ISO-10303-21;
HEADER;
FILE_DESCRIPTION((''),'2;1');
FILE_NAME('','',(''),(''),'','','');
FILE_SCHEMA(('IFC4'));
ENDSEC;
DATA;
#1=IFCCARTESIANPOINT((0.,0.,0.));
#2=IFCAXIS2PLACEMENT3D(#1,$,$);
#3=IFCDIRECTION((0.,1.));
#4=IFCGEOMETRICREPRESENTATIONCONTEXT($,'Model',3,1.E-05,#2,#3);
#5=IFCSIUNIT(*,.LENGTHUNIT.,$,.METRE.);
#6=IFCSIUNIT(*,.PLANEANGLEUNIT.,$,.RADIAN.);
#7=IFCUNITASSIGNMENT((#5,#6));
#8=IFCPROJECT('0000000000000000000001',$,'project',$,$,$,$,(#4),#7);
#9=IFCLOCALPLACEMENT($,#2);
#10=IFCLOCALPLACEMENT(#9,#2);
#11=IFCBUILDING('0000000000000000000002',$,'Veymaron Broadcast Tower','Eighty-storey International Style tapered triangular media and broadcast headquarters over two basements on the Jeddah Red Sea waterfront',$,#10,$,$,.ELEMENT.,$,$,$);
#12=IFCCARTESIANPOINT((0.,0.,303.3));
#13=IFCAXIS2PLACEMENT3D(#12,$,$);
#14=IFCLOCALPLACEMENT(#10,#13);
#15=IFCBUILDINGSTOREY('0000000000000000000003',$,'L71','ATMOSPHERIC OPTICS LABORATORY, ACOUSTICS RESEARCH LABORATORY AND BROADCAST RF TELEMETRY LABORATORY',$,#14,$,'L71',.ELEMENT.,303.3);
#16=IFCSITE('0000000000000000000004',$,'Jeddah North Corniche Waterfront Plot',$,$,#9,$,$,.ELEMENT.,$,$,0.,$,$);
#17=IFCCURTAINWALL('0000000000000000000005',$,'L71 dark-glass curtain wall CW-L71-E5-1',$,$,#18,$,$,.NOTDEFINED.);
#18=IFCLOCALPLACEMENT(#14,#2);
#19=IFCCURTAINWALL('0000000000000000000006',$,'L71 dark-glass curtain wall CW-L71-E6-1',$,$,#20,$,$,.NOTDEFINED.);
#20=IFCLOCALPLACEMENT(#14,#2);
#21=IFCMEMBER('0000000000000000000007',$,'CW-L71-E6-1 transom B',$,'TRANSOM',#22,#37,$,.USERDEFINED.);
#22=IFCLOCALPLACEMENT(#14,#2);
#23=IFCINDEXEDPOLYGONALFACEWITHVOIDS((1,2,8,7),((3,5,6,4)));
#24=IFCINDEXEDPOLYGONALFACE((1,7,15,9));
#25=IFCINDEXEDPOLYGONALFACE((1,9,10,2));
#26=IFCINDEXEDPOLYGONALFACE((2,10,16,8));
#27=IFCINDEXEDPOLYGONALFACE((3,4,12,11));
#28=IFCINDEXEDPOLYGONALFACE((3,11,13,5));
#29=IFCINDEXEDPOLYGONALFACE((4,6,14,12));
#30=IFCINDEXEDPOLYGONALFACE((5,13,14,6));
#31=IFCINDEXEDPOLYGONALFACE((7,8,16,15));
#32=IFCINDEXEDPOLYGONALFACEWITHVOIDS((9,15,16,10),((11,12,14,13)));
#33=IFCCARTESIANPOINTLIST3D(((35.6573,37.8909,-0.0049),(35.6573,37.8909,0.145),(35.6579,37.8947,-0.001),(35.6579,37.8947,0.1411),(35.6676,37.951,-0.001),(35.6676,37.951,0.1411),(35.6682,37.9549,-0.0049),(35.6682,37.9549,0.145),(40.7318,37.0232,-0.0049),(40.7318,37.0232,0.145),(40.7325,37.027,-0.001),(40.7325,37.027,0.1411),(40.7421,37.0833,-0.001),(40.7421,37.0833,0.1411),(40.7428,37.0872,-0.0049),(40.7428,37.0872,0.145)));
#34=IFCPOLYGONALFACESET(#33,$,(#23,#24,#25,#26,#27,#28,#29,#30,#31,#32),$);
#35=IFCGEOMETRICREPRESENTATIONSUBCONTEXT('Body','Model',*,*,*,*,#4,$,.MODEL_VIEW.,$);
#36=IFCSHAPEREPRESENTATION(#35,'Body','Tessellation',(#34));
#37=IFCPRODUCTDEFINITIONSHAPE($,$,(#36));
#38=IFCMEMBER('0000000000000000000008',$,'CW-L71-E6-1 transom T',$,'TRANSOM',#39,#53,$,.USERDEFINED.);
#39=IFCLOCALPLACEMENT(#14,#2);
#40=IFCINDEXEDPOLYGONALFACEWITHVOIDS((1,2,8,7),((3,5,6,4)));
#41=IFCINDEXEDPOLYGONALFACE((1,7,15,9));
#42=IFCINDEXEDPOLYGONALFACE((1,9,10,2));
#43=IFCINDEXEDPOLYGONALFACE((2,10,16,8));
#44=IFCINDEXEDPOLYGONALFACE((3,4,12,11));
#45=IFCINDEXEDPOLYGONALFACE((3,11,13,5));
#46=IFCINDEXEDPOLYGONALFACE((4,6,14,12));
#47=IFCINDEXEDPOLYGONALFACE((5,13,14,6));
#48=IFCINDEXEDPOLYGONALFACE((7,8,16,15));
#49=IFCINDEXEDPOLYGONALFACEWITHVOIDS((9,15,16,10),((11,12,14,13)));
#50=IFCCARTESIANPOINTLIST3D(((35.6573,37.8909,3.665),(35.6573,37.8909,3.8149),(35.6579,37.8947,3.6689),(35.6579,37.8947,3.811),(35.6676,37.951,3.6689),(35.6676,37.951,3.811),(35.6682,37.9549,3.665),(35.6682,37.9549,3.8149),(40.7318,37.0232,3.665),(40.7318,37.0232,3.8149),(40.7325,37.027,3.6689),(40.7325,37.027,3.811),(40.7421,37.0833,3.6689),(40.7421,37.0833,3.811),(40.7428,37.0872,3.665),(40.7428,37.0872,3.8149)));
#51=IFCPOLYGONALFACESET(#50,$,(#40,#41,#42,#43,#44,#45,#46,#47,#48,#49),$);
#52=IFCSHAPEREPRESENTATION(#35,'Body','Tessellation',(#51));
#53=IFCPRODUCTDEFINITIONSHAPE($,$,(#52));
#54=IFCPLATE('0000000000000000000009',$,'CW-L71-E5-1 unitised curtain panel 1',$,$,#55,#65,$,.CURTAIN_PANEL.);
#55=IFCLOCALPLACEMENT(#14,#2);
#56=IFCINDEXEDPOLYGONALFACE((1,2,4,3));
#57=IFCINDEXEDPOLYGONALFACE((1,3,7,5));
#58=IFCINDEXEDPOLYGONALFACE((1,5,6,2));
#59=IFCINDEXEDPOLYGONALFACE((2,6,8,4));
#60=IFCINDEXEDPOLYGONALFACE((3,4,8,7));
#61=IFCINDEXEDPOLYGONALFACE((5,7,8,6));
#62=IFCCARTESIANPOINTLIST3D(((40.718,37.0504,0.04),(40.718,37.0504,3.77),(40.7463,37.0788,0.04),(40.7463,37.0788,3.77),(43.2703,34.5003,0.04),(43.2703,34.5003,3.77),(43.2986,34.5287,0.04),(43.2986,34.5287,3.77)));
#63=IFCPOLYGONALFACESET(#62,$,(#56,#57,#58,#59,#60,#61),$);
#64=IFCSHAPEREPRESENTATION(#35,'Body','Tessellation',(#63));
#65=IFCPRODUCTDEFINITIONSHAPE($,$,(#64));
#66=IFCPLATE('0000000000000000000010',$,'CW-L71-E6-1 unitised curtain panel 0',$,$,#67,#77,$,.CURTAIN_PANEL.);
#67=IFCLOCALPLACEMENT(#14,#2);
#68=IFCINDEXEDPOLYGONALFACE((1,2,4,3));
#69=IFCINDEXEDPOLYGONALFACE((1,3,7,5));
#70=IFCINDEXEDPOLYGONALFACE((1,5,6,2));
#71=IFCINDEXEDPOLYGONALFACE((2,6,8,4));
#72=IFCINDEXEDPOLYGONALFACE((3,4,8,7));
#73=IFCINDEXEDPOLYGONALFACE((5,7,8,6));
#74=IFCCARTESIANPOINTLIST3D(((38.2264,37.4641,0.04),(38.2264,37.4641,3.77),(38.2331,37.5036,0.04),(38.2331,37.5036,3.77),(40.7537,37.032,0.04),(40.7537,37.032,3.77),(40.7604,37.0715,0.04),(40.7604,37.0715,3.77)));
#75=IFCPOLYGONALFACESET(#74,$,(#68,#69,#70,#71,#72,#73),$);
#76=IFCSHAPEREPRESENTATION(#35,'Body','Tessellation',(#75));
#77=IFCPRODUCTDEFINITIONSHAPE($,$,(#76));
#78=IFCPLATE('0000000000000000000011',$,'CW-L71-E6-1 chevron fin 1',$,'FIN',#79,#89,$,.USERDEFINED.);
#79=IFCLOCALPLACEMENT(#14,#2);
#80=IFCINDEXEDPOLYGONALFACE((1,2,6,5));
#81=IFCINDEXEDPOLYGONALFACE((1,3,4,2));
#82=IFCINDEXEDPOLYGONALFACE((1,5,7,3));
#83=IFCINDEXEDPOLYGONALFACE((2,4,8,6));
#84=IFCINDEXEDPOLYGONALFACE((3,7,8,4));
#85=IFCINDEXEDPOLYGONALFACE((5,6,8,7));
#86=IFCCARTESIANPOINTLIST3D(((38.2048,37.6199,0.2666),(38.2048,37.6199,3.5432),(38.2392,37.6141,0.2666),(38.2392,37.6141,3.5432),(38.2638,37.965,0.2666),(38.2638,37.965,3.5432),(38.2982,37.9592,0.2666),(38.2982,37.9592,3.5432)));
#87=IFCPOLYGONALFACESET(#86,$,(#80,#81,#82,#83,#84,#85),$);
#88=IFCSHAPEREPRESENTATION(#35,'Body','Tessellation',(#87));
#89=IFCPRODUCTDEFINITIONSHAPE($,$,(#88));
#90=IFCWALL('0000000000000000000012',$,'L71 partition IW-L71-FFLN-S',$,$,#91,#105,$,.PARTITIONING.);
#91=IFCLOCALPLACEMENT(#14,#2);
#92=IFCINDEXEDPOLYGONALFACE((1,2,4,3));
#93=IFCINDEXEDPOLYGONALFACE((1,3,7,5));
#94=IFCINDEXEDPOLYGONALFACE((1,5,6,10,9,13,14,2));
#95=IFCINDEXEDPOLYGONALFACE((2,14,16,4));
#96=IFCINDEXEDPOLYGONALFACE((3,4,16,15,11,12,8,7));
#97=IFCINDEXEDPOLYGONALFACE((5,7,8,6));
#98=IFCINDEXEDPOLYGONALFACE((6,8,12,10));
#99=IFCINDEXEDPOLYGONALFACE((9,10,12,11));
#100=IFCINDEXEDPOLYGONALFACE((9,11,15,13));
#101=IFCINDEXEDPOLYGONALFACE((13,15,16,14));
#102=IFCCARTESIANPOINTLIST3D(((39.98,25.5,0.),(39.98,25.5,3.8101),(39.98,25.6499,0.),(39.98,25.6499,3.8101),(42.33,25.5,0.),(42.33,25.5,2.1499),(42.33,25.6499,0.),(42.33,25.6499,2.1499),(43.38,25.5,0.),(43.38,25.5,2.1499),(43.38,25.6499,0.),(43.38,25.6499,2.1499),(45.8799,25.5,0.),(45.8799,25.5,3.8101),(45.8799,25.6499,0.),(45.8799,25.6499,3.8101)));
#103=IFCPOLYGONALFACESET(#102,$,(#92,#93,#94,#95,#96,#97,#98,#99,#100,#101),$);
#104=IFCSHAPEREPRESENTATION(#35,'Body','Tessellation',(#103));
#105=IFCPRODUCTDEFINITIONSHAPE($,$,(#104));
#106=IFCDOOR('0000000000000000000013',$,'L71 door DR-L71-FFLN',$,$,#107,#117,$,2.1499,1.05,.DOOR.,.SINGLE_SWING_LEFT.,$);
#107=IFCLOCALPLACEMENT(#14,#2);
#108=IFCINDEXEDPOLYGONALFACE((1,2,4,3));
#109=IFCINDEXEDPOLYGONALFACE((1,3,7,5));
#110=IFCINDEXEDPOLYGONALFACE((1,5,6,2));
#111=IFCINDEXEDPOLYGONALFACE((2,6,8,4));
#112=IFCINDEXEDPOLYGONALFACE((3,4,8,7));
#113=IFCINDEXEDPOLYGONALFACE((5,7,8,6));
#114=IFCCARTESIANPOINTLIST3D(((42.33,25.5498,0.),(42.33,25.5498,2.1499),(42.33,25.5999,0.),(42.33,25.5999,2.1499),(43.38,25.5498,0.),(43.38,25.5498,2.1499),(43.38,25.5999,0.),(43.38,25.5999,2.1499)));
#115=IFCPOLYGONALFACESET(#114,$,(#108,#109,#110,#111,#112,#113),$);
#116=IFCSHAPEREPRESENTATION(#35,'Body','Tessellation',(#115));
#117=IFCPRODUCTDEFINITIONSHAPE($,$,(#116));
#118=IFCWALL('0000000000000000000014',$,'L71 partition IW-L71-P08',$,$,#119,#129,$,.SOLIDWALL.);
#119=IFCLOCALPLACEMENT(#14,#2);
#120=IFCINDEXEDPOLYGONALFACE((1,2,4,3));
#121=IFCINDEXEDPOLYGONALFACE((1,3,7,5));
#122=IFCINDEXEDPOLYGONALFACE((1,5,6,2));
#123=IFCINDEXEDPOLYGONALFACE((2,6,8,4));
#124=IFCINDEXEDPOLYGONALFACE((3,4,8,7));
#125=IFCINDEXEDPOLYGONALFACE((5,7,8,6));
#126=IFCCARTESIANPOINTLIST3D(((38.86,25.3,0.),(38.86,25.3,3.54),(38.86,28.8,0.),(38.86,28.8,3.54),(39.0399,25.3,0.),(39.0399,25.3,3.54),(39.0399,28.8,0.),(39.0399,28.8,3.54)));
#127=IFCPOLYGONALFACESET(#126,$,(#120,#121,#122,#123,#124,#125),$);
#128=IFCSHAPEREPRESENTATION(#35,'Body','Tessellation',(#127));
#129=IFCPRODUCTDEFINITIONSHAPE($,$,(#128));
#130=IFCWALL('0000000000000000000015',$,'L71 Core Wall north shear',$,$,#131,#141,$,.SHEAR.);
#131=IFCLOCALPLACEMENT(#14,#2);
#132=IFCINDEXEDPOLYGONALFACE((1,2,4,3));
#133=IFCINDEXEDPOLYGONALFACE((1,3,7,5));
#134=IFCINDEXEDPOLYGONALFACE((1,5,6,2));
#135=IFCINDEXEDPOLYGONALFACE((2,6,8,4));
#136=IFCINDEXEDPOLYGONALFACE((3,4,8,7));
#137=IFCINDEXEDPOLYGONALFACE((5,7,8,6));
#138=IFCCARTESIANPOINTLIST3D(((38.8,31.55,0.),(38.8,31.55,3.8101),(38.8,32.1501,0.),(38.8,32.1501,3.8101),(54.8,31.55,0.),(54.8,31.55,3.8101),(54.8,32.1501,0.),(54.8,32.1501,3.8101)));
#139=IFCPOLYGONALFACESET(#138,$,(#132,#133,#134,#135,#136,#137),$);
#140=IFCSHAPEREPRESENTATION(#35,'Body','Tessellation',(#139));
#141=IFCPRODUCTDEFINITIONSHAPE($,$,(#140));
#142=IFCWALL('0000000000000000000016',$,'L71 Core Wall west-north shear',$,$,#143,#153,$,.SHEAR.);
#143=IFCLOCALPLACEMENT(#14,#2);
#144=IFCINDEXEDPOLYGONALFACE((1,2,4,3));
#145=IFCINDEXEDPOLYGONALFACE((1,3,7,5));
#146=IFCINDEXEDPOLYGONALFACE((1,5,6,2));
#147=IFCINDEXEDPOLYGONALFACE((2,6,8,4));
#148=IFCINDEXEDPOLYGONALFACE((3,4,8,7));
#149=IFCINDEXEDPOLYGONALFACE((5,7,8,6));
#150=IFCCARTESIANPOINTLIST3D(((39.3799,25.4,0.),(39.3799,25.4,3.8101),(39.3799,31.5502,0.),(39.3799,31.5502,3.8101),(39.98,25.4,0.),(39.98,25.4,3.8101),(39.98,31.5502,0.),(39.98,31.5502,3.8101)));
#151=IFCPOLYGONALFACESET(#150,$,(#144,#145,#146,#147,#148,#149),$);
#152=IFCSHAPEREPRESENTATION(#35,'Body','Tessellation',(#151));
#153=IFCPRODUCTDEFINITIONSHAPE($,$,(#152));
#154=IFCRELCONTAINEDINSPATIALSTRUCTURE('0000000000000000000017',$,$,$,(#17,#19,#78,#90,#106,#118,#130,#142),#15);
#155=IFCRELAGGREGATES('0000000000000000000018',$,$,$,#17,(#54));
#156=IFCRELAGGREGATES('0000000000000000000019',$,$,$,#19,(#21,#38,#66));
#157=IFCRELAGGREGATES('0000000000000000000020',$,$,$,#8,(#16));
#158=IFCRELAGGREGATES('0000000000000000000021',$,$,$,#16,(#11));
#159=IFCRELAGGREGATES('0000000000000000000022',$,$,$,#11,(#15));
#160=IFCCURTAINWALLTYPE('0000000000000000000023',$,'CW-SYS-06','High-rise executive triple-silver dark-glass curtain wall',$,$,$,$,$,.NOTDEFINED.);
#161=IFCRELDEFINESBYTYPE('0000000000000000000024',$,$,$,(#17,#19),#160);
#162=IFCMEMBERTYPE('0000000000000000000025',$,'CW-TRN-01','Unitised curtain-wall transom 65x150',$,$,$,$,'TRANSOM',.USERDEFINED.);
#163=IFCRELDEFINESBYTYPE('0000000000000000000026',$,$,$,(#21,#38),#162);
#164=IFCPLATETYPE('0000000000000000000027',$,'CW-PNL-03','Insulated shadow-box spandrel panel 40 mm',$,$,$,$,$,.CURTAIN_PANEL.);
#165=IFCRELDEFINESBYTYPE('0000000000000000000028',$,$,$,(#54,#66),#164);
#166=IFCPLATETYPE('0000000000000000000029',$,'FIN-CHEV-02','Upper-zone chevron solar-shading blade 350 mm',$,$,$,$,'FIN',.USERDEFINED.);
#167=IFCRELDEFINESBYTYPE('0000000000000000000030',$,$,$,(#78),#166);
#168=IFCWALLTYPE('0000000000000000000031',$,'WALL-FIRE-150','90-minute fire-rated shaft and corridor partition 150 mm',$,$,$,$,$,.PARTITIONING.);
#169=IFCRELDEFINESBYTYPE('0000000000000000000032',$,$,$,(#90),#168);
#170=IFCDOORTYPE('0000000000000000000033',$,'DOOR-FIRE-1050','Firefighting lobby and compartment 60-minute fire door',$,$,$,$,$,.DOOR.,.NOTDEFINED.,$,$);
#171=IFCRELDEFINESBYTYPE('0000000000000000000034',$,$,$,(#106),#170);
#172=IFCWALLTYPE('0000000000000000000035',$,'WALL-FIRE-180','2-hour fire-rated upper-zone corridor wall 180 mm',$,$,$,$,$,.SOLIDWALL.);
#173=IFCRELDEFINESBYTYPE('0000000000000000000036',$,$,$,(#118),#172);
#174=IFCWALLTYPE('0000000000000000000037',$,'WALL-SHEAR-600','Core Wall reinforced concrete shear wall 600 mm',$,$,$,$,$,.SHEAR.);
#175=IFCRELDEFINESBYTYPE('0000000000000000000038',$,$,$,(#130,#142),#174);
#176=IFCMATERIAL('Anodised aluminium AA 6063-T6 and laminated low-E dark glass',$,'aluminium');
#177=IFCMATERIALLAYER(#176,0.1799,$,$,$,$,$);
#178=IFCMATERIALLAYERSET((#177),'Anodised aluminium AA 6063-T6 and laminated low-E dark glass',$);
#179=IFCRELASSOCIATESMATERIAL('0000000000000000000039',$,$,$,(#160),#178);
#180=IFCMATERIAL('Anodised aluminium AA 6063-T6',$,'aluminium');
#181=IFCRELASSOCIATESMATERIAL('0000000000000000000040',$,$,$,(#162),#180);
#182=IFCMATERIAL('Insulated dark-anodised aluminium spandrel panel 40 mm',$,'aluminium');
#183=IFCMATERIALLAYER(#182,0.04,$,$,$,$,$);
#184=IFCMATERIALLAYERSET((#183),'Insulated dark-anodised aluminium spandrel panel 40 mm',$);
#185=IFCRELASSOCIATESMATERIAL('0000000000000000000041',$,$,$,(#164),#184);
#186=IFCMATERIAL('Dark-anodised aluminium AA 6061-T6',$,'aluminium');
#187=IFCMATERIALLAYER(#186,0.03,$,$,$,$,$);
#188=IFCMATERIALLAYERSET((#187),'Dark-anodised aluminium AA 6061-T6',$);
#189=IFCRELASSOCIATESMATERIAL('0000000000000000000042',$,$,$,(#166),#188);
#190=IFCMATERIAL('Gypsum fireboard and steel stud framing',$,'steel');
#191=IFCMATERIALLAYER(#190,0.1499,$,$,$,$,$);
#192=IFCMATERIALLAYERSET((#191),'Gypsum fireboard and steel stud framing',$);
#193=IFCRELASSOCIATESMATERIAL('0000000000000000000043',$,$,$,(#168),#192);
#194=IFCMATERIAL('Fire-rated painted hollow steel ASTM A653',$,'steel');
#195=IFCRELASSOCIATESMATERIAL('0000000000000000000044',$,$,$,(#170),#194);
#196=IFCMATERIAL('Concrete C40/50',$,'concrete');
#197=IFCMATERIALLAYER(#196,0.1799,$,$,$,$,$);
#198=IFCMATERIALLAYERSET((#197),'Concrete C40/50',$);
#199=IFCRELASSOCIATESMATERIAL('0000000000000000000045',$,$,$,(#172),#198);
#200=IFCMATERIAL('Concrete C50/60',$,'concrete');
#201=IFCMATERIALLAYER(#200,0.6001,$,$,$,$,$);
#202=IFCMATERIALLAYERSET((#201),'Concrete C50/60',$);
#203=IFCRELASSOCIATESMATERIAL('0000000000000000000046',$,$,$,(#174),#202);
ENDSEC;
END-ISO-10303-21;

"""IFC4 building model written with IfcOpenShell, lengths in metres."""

from ifc_helpers import new_model, si_unit, direction, frame, frame_2d, origin, origin_2d, place, context, subcontext, project, spatial, rectangle, hollow_rectangle, extrude, material, layer, layer_set, material_profile, profile_set, type_object, element, fill, aggregate, save


model = new_model("IFC4")

# Units and contexts
model_context = context("Model", 3, precision=1e-05, world=origin(), true_north=direction((0.0, 1.0)))
body_context = subcontext(model_context, "Body", "Model", "MODEL_VIEW")
ifc_project = project(units=[si_unit("LENGTHUNIT", "METRE"), si_unit("PLANEANGLEUNIT", "RADIAN")], contexts=[model_context])

# Site, building, storey
site_placement = place(None, origin())
site = spatial("IfcSite", under=ifc_project, at=site_placement, Name="Jeddah North Corniche Waterfront Plot", CompositionType="ELEMENT", RefElevation=0.0)
building_placement = place(site_placement, origin())
building = spatial("IfcBuilding", under=site, at=building_placement, Name="Veymaron Broadcast Tower", Description="Eighty-storey International Style tapered triangular media and broadcast headquarters over two basements on the Jeddah Red Sea waterfront", CompositionType="ELEMENT")
storey_placement = place(building_placement, frame((0.0, 0.0, 303.3)))
storey = spatial("IfcBuildingStorey", under=building, at=storey_placement, Name="L71", Description="ATMOSPHERIC OPTICS LABORATORY, ACOUSTICS RESEARCH LABORATORY AND BROADCAST RF TELEMETRY LABORATORY", LongName="L71", CompositionType="ELEMENT", Elevation=303.3)

# Curtain walls, members
ifc_material_1 = material(Name="Anodised aluminium AA 6063-T6 and laminated low-E dark glass", Category="aluminium")
ifc_layer_1 = layer(ifc_material_1, 0.1799)
ifc_layer_set_1 = layer_set([ifc_layer_1], Name="Anodised aluminium AA 6063-T6 and laminated low-E dark glass")
curtain_wall_type = type_object("IfcCurtainWallType", Name="CW-SYS-06", Description="High-rise executive triple-silver dark-glass curtain wall", PredefinedType="NOTDEFINED", material=ifc_layer_set_1)
curtain_wall_1_placement = place(storey_placement, origin())
curtain_wall_1 = element("IfcCurtainWall", 1, at=curtain_wall_1_placement, inside=storey, type_object=curtain_wall_type, Name="L71 dark-glass curtain wall CW-L71-E5-1", PredefinedType="NOTDEFINED")
ifc_material_2 = material(Name="Anodised aluminium AA 6063-T6", Category="aluminium")
curtain_wall_2_placement = place(storey_placement, origin())
curtain_wall_2 = element("IfcCurtainWall", 2, at=curtain_wall_2_placement, inside=storey, type_object=curtain_wall_type, Name="L71 dark-glass curtain wall CW-L71-E6-1", PredefinedType="NOTDEFINED")
ifc_material_profile_1 = material_profile(ifc_material_2, hollow_rectangle(XDim=0.0649, YDim=0.1499, WallThickness=0.0039, at=origin_2d()), Name="AL150X65X4")
ifc_profile_set_1 = profile_set([ifc_material_profile_1], Name="Anodised aluminium AA 6063-T6")
member_type_1 = type_object("IfcMemberType", Name="CW-TRN-01", Description="Unitised curtain-wall transom 65x150", ElementType="TRANSOM", PredefinedType="USERDEFINED", material=ifc_profile_set_1)
member_1_placement = place(storey_placement, frame((40.7373, 37.0552, 0.0701), z_axis=(-0.985694, 0.168543, 0.0), x_axis=(-0.168543, -0.985694, 0.0)))
member_1 = element("IfcMember", 3, at=member_1_placement, type_object=member_type_1, Name="CW-L71-E6-1 transom B", ObjectType="TRANSOM", PredefinedType="USERDEFINED", context=body_context, shape_type="SweptSolid", body=[
    extrude(hollow_rectangle(XDim=0.0649, YDim=0.1499, WallThickness=0.0039, at=origin_2d()), origin(), (0.0, 0.0, 1.0), 5.1482),
])
member_2_placement = place(storey_placement, frame((40.7373, 37.0552, 3.74), z_axis=(-0.985694, 0.168543, 0.0), x_axis=(-0.168543, -0.985694, 0.0)))
member_2 = element("IfcMember", 4, at=member_2_placement, type_object=member_type_1, Name="CW-L71-E6-1 transom T", ObjectType="TRANSOM", PredefinedType="USERDEFINED", context=body_context, shape_type="SweptSolid", body=[
    extrude(hollow_rectangle(XDim=0.0649, YDim=0.1499, WallThickness=0.0039, at=origin_2d()), origin(), (0.0, 0.0, 1.0), 5.1482),
])

# Plates
ifc_material_3 = material(Name="Insulated dark-anodised aluminium spandrel panel 40 mm", Category="aluminium")
ifc_layer_2 = layer(ifc_material_3, 0.04)
ifc_layer_set_2 = layer_set([ifc_layer_2], Name="Insulated dark-anodised aluminium spandrel panel 40 mm")
plate_type_1 = type_object("IfcPlateType", Name="CW-PNL-03", Description="Insulated shadow-box spandrel panel 40 mm", PredefinedType="CURTAIN_PANEL", material=ifc_layer_set_2)
plate_1_placement = place(storey_placement, frame((42.0083, 35.7896, 0.04), z_axis=(0.0, 0.0, 1.0), x_axis=(-0.707403, 0.706811, 0.0)))
plate_1 = element("IfcPlate", 5, at=plate_1_placement, type_object=plate_type_1, Name="CW-L71-E5-1 unitised curtain panel 1", PredefinedType="CURTAIN_PANEL", context=body_context, shape_type="SweptSolid", body=[
    extrude(rectangle(XDim=3.6079, YDim=0.04, at=origin_2d()), origin(), (0.0, 0.0, 1.0), 3.73),
])
aggregate(curtain_wall_1, [plate_1])
plate_2_placement = place(storey_placement, frame((39.4934, 37.2678, 0.04), z_axis=(0.0, 0.0, 1.0), x_axis=(-0.985698, 0.168524, 0.0)))
plate_2 = element("IfcPlate", 6, at=plate_2_placement, type_object=plate_type_1, Name="CW-L71-E6-1 unitised curtain panel 0", PredefinedType="CURTAIN_PANEL", context=body_context, shape_type="SweptSolid", body=[
    extrude(rectangle(XDim=2.564, YDim=0.04, at=origin_2d()), origin(), (0.0, 0.0, 1.0), 3.73),
])
aggregate(curtain_wall_2, [member_1, member_2, plate_2])
ifc_material_4 = material(Name="Dark-anodised aluminium AA 6061-T6", Category="aluminium")
ifc_layer_3 = layer(ifc_material_4, 0.03)
ifc_layer_set_3 = layer_set([ifc_layer_3], Name="Dark-anodised aluminium AA 6061-T6")
plate_type_2 = type_object("IfcPlateType", Name="FIN-CHEV-02", Description="Upper-zone chevron solar-shading blade 350 mm", ElementType="FIN", PredefinedType="USERDEFINED", material=ifc_layer_set_3)
plate_3_placement = place(storey_placement, frame((38.2515, 37.7896, 0.2666), z_axis=(0.0, 0.0, 1.0), x_axis=(0.168524, 0.985698, 0.0)))
element("IfcPlate", 7, at=plate_3_placement, inside=storey, type_object=plate_type_2, Name="CW-L71-E6-1 chevron fin 1", ObjectType="FIN", PredefinedType="USERDEFINED", context=body_context, shape_type="SweptSolid", body=[
    extrude(rectangle(XDim=0.3501, YDim=0.0349, at=origin_2d()), origin(), (0.0, 0.0, 1.0), 3.2766),
])

# Wall, opening, door
ifc_material_5 = material(Name="Gypsum fireboard and steel stud framing", Category="steel")
ifc_layer_4 = layer(ifc_material_5, 0.1499)
ifc_layer_set_4 = layer_set([ifc_layer_4], Name="Gypsum fireboard and steel stud framing")
wall_type_1 = type_object("IfcWallType", Name="WALL-FIRE-150", Description="90-minute fire-rated shaft and corridor partition 150 mm", PredefinedType="PARTITIONING", material=ifc_layer_set_4)
wall_1_placement = place(storey_placement, frame((39.98, 25.575, 0.0), z_axis=(0.0, 0.0, 1.0), x_axis=(1.0, 0.0, 0.0)))
wall_1 = element("IfcWall", 8, at=wall_1_placement, inside=storey, type_object=wall_type_1, Name="L71 partition IW-L71-FFLN-S", PredefinedType="PARTITIONING", context=body_context, shape_type="SweptSolid", body=[
    extrude(rectangle(XDim=5.8999, YDim=0.1499, at=frame_2d((2.95, 0.0))), origin(), (0.0, 0.0, 1.0), 3.8101),
])
opening_1_placement = place(wall_1_placement, frame((2.3501, 0.0, 0.0)))
opening_1 = element("IfcOpeningElement", 9, at=opening_1_placement, cuts=wall_1, PredefinedType="OPENING", context=body_context, shape_type="SweptSolid", body=[
    extrude(rectangle(XDim=1.05, YDim=2.1499, at=frame_2d((0.5249, 1.075))), frame((0.0, 0.085, 0.0), z_axis=(0.0, -1.0, 0.0), x_axis=(1.0, 0.0, 0.0)), (0.0, 0.0, 1.0), 0.1699),
])
ifc_material_6 = material(Name="Fire-rated painted hollow steel ASTM A653", Category="steel")
door_type_1 = type_object("IfcDoorType", Name="DOOR-FIRE-1050", Description="Firefighting lobby and compartment 60-minute fire door", OperationType="NOTDEFINED", PredefinedType="DOOR", material=ifc_material_6)
door_1_placement = place(opening_1_placement, origin())
door_1 = element("IfcDoor", 10, at=door_1_placement, inside=storey, type_object=door_type_1, Name="L71 door DR-L71-FFLN", OperationType="SINGLE_SWING_LEFT", OverallHeight=2.1499, OverallWidth=1.05, PredefinedType="DOOR", context=body_context, shape_type="SweptSolid", body=[
    extrude(rectangle(XDim=1.05, YDim=2.1499, at=frame_2d((0.5249, 1.075))), frame((0.0, 0.0249, 0.0), z_axis=(0.0, -1.0, 0.0), x_axis=(1.0, 0.0, 0.0)), (0.0, 0.0, 1.0), 0.05),
])
fill(opening_1, door_1)

# Wall
ifc_material_7 = material(Name="Concrete C40/50", Category="concrete")
ifc_layer_5 = layer(ifc_material_7, 0.1799)
ifc_layer_set_5 = layer_set([ifc_layer_5], Name="Concrete C40/50")
wall_type_2 = type_object("IfcWallType", Name="WALL-FIRE-180", Description="2-hour fire-rated upper-zone corridor wall 180 mm", PredefinedType="SOLIDWALL", material=ifc_layer_set_5)
wall_2_placement = place(storey_placement, frame((38.95, 25.3, 0.0), z_axis=(0.0, 0.0, 1.0), x_axis=(0.0, 1.0, 0.0)))
element("IfcWall", 11, at=wall_2_placement, inside=storey, type_object=wall_type_2, Name="L71 partition IW-L71-P08", PredefinedType="SOLIDWALL", context=body_context, shape_type="SweptSolid", body=[
    extrude(rectangle(XDim=3.5, YDim=0.1799, at=frame_2d((1.75, 0.0))), origin(), (0.0, 0.0, 1.0), 3.54),
])

# Shared definitions
ifc_material_8 = material(Name="Concrete C50/60", Category="concrete")

# Walls
ifc_layer_6 = layer(ifc_material_8, 0.6001)
ifc_layer_set_6 = layer_set([ifc_layer_6], Name="Concrete C50/60")
wall_type_3 = type_object("IfcWallType", Name="WALL-SHEAR-600", Description="Core Wall reinforced concrete shear wall 600 mm", PredefinedType="SHEAR", material=ifc_layer_set_6)
wall_3_placement = place(storey_placement, frame((38.8, 31.8501, 0.0), z_axis=(0.0, 0.0, 1.0), x_axis=(1.0, 0.0, 0.0)))
element("IfcWall", 12, at=wall_3_placement, inside=storey, type_object=wall_type_3, Name="L71 Core Wall north shear", PredefinedType="SHEAR", context=body_context, shape_type="SweptSolid", body=[
    extrude(rectangle(XDim=16.0, YDim=0.6001, at=frame_2d((8.0, 0.0))), origin(), (0.0, 0.0, 1.0), 3.8101),
])
wall_4_placement = place(storey_placement, frame((39.6799, 25.3999, 0.0), z_axis=(0.0, 0.0, 1.0), x_axis=(0.0, 1.0, 0.0)))
element("IfcWall", 13, at=wall_4_placement, inside=storey, type_object=wall_type_3, Name="L71 Core Wall west-north shear", PredefinedType="SHEAR", context=body_context, shape_type="SweptSolid", body=[
    extrude(rectangle(XDim=6.1501, YDim=0.6001, at=frame_2d((3.0752, 0.0))), origin(), (0.0, 0.0, 1.0), 3.8101),
])

save(model, "model.ifc")
